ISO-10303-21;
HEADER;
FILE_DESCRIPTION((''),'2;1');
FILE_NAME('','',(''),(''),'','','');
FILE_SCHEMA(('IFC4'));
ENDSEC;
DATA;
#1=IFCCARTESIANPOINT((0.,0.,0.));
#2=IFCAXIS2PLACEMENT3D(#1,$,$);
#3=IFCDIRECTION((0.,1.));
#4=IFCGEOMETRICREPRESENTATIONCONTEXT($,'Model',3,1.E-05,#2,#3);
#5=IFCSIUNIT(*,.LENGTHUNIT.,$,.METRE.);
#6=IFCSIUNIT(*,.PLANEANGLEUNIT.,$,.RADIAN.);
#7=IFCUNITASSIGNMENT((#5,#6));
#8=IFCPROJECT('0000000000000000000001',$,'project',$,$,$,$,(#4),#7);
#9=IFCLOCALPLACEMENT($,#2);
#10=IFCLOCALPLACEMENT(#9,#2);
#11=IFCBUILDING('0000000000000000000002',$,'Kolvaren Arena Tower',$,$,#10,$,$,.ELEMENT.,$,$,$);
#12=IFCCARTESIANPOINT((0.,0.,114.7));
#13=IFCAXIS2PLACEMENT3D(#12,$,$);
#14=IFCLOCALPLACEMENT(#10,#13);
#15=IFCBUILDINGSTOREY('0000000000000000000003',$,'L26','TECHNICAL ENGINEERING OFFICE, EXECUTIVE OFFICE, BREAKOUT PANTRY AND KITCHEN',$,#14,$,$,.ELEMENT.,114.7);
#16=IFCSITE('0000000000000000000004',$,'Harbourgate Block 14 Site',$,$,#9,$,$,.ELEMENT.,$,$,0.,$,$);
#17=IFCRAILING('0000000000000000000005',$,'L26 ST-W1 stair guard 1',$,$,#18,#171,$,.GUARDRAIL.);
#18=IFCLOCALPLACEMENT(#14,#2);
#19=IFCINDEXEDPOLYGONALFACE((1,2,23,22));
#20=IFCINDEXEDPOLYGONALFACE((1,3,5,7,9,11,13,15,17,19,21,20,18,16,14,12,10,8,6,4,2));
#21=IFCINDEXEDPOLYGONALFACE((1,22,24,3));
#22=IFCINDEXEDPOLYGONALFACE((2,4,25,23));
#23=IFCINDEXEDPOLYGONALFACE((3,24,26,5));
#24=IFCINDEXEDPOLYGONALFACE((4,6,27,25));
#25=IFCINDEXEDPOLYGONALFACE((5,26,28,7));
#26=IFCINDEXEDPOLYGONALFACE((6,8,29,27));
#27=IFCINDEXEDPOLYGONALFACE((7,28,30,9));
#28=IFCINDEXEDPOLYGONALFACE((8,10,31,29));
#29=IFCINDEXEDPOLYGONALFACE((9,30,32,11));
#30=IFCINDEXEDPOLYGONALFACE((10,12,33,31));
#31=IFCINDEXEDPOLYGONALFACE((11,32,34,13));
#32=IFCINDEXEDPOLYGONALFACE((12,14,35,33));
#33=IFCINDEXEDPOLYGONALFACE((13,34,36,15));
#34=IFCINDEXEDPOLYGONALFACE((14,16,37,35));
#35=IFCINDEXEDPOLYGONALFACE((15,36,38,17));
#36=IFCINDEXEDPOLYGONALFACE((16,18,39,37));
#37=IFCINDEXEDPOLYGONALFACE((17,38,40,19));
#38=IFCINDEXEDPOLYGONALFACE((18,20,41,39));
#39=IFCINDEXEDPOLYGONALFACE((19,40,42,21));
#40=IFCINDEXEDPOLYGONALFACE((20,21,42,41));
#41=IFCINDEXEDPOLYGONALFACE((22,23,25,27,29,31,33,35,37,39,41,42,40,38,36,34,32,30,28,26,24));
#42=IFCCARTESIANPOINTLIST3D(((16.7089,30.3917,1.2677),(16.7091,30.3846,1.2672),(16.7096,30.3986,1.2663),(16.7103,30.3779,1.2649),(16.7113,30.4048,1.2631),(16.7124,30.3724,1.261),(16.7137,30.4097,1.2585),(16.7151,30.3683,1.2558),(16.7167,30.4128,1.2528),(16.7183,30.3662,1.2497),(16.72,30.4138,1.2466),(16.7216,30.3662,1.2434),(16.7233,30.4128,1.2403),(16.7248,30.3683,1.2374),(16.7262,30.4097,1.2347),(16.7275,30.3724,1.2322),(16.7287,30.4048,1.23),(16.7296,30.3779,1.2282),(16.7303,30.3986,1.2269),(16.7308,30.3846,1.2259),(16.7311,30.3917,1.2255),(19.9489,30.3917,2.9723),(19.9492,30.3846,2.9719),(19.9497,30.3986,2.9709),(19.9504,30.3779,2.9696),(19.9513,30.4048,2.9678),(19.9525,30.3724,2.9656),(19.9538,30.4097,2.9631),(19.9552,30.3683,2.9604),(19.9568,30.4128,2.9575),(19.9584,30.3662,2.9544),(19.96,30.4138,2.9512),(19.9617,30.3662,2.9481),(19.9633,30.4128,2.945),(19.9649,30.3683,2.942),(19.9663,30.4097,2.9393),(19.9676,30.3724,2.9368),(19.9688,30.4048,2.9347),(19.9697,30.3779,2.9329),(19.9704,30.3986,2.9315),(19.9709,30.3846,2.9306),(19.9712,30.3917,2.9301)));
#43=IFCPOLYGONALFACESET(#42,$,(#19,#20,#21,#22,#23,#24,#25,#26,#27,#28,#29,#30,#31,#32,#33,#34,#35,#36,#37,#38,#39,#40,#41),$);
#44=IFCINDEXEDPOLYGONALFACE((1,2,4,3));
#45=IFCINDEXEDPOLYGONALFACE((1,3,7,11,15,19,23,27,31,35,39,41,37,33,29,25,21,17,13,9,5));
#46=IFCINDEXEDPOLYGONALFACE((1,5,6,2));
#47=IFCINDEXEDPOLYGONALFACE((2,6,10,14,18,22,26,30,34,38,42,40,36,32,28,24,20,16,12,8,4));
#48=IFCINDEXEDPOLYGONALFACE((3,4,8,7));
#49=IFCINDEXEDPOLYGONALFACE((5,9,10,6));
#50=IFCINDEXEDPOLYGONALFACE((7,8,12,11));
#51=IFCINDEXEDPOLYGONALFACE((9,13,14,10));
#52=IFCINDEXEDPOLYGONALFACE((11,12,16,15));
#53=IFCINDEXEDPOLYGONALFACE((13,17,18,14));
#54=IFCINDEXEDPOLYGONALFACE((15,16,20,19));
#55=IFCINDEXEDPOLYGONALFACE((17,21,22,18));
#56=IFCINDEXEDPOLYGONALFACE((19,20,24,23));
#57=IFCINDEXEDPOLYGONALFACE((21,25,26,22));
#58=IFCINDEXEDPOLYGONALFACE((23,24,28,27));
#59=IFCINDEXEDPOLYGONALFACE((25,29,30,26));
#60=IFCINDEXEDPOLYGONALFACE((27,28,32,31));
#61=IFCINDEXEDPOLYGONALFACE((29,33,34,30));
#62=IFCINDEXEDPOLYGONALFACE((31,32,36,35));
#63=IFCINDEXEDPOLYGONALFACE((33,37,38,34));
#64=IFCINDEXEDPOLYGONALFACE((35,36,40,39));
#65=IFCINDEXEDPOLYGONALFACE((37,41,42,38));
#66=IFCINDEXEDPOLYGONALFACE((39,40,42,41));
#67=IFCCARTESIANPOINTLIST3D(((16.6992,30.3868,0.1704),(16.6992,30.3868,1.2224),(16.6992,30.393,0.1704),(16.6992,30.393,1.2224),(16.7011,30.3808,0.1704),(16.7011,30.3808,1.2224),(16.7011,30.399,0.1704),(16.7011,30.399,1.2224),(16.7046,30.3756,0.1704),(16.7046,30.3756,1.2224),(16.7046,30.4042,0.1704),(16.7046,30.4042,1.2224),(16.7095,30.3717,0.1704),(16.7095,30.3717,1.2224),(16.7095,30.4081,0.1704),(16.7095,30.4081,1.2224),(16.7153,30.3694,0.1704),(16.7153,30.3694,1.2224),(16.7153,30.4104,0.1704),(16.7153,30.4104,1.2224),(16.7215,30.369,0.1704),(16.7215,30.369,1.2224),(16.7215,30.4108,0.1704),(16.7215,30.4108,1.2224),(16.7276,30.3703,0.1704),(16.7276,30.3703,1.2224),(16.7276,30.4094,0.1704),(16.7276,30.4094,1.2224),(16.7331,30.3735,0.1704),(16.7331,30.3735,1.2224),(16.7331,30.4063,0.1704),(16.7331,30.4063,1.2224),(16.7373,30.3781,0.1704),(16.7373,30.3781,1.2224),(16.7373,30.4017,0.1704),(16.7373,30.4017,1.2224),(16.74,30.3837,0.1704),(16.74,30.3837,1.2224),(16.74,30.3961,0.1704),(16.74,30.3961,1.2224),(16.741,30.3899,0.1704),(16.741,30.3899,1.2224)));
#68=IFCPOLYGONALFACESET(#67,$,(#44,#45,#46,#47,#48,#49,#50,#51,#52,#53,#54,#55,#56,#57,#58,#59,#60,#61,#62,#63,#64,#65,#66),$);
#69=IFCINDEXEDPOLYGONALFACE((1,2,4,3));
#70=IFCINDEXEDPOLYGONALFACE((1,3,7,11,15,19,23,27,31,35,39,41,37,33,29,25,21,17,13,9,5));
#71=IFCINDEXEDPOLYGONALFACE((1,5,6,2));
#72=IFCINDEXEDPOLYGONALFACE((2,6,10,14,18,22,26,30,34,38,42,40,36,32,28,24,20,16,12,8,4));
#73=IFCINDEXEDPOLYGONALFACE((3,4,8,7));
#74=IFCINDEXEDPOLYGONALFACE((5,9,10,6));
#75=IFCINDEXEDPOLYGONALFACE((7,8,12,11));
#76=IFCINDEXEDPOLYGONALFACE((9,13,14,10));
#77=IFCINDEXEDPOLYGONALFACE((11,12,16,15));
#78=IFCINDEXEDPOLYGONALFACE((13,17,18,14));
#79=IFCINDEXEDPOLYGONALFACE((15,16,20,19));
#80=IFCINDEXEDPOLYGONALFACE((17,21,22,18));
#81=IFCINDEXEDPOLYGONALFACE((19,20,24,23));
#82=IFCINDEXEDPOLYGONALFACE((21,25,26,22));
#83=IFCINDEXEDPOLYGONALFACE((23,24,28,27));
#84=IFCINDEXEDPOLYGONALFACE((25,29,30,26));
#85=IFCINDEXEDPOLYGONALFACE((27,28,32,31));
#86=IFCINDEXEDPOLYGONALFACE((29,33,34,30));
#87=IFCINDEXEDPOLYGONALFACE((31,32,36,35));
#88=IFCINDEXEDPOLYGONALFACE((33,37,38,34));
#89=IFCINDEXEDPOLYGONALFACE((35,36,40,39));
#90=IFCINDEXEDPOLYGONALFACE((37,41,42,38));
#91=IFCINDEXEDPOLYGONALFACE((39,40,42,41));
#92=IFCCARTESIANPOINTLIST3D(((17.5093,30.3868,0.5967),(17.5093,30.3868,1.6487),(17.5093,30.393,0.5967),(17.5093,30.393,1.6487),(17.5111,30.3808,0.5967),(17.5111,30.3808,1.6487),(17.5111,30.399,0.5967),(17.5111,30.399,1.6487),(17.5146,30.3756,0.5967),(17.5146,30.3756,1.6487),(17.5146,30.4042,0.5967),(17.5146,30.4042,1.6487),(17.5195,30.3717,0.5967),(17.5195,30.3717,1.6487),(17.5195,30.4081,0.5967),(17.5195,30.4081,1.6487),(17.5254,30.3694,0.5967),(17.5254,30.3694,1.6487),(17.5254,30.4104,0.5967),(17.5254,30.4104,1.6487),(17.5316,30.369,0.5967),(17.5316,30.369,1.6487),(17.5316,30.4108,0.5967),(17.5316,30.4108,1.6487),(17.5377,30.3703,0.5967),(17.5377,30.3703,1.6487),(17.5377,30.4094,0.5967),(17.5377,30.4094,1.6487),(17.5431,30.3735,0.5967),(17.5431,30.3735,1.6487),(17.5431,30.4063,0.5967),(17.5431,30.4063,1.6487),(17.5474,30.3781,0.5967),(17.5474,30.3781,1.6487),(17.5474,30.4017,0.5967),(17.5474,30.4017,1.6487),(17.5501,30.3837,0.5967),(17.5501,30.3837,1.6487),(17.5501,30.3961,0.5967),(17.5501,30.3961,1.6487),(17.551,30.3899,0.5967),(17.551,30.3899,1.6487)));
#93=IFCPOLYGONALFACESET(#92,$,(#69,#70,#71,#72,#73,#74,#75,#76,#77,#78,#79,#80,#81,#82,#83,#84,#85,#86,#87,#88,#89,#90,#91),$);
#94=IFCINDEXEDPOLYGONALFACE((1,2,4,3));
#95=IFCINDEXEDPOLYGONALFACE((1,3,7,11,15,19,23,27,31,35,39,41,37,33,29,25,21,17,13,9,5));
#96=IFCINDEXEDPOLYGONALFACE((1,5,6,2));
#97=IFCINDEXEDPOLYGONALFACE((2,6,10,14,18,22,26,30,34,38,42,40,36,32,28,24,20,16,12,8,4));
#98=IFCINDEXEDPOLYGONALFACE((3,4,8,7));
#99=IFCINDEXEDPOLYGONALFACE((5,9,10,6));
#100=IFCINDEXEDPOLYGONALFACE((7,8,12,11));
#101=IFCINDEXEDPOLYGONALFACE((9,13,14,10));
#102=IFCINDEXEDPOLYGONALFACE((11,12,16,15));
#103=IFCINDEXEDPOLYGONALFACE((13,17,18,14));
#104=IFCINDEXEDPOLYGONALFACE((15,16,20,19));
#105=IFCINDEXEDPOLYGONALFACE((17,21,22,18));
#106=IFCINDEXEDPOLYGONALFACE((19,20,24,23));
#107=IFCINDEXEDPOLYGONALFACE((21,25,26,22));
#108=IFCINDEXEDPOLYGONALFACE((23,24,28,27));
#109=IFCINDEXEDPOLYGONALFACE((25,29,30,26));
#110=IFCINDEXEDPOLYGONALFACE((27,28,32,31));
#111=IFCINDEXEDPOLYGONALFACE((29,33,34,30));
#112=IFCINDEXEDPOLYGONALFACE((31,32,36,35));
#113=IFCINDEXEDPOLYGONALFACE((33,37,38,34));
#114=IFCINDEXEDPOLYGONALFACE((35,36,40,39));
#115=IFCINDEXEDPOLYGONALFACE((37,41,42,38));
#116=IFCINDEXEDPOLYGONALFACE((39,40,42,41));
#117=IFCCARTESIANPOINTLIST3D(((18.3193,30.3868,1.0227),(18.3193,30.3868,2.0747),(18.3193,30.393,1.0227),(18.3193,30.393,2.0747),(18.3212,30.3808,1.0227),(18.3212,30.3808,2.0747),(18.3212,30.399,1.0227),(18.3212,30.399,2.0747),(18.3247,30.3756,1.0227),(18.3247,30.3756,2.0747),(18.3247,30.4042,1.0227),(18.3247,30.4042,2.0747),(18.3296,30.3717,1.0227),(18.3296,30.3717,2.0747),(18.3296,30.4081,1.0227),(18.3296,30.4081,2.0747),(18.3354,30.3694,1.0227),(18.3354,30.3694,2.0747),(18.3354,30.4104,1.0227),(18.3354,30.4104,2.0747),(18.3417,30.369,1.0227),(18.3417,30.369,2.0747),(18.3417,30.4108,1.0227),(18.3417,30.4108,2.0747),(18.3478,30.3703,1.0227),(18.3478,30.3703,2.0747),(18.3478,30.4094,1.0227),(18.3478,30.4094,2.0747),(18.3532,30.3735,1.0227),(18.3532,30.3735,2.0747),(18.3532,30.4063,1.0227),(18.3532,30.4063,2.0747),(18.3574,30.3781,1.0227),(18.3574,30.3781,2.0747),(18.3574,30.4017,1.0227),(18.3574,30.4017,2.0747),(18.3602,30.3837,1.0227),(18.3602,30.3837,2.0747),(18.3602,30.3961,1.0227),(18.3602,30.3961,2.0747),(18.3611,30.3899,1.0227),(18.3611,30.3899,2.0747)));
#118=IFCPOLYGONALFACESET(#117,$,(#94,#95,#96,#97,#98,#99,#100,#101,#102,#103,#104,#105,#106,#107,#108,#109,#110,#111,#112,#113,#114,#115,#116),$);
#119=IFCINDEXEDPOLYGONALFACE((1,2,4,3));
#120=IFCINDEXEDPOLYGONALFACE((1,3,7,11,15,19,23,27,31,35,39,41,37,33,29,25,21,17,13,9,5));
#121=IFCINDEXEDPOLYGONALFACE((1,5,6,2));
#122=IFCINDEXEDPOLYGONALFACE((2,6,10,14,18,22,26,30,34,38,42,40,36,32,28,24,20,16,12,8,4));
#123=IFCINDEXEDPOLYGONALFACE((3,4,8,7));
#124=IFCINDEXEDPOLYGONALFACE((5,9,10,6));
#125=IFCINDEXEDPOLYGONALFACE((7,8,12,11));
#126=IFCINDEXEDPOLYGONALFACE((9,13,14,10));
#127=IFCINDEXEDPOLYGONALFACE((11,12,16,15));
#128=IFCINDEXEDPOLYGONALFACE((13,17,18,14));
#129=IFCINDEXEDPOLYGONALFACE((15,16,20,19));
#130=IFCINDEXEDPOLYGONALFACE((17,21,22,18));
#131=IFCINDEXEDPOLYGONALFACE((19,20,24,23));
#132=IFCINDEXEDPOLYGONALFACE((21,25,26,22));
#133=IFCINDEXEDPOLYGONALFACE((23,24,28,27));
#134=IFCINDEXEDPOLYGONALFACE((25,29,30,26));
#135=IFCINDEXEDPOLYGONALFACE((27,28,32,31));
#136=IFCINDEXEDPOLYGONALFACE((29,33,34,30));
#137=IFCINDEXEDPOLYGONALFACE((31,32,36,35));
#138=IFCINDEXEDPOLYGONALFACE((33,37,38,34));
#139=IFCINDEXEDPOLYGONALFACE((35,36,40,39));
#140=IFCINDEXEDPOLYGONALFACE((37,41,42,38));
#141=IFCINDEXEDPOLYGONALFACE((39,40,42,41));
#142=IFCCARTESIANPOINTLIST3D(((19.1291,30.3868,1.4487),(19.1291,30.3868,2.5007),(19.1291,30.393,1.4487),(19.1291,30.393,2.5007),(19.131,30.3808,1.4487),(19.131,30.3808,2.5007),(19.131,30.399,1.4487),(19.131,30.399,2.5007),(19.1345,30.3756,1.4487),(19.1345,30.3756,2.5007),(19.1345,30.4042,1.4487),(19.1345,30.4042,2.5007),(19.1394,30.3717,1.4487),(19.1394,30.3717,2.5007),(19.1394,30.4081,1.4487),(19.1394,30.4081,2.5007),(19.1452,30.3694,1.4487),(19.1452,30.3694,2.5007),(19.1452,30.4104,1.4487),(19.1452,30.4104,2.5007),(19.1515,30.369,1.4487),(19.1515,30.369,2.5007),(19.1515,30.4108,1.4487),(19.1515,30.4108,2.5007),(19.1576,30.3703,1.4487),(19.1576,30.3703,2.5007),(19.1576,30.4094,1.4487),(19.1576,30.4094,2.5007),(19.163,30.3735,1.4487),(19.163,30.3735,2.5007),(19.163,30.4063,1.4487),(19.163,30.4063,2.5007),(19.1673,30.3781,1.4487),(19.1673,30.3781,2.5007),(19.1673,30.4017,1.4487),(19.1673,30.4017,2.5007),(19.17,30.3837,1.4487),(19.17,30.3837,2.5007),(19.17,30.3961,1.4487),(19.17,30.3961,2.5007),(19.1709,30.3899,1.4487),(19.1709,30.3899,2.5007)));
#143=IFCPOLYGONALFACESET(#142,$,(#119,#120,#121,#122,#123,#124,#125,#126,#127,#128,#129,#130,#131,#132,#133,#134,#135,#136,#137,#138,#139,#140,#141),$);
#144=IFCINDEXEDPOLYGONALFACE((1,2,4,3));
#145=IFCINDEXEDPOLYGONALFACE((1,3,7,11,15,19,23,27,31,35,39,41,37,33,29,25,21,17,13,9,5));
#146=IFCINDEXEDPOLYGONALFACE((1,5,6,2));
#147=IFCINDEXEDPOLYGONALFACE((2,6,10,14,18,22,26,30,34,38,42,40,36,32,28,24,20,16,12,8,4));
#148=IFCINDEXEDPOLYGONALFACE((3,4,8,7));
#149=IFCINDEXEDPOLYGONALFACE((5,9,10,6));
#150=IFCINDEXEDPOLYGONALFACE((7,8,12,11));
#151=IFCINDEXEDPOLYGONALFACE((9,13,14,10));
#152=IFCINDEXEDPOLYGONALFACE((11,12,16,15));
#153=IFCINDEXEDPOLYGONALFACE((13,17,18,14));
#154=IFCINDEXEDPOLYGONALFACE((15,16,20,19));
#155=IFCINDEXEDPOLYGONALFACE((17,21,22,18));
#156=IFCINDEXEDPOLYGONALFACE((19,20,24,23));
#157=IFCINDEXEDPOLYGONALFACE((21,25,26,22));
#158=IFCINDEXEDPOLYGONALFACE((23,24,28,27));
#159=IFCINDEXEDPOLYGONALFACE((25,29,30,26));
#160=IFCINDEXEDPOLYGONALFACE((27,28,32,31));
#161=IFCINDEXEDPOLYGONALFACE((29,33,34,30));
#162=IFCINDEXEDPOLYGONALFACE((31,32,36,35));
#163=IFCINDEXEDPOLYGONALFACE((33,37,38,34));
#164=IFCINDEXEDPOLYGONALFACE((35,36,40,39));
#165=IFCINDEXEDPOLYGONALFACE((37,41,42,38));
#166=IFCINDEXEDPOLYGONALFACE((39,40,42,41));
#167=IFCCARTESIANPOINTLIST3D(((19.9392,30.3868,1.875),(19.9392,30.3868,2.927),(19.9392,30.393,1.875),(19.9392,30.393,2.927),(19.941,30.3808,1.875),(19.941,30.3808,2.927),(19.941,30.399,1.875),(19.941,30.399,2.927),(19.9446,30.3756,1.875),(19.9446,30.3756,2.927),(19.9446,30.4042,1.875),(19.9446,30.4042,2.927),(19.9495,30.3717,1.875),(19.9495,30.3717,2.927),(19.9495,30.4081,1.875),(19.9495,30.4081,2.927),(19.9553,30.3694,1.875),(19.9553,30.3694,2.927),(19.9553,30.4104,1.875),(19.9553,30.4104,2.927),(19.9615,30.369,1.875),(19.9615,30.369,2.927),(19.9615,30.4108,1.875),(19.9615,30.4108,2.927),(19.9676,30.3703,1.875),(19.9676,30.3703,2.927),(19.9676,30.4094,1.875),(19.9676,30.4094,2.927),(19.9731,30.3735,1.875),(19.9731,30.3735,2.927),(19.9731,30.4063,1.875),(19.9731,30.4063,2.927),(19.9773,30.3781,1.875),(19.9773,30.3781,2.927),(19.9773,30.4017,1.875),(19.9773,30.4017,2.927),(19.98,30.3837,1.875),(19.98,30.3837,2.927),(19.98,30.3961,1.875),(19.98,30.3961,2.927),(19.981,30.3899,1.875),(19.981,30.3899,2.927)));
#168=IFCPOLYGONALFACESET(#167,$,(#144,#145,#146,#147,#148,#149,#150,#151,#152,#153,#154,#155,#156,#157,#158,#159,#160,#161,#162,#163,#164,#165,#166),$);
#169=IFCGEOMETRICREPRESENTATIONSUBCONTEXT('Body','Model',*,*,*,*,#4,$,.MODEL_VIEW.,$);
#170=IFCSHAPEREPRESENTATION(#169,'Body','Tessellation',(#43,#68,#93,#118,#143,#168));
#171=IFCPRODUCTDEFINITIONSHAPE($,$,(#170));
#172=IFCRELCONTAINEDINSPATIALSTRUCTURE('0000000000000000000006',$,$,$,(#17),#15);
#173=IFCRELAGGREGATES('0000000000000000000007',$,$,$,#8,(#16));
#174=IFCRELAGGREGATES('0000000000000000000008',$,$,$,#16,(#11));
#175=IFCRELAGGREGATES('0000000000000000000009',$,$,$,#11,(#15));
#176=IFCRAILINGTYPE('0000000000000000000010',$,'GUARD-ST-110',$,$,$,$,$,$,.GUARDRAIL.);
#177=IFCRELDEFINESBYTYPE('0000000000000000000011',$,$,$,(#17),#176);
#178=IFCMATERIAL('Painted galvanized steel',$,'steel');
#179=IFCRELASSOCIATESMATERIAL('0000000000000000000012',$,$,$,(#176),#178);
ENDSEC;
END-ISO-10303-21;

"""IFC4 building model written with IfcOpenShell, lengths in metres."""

from ifc_helpers import new_model, si_unit, direction, frame, origin, origin_2d, place, context, subcontext, project, spatial, circle, extrude, material, type_object, element, save


model = new_model("IFC4")

# Units and contexts
model_context = context("Model", 3, precision=1e-05, world=origin(), true_north=direction((0.0, 1.0)))
body_context = subcontext(model_context, "Body", "Model", "MODEL_VIEW")
ifc_project = project(units=[si_unit("LENGTHUNIT", "METRE"), si_unit("PLANEANGLEUNIT", "RADIAN")], contexts=[model_context])

# Site, building, storey
site_placement = place(None, origin())
site = spatial("IfcSite", under=ifc_project, at=site_placement, Name="Harbourgate Block 14 Site", CompositionType="ELEMENT", RefElevation=0.0)
building_placement = place(site_placement, origin())
building = spatial("IfcBuilding", under=site, at=building_placement, Name="Kolvaren Arena Tower", CompositionType="ELEMENT")
storey_placement = place(building_placement, frame((0.0, 0.0, 114.7)))
storey = spatial("IfcBuildingStorey", under=building, at=storey_placement, Name="L26", Description="TECHNICAL ENGINEERING OFFICE, EXECUTIVE OFFICE, BREAKOUT PANTRY AND KITCHEN", CompositionType="ELEMENT", Elevation=114.7)

# Railing
ifc_material_1 = material(Name="Painted galvanized steel", Category="steel")
railing_type_1 = type_object("IfcRailingType", Name="GUARD-ST-110", PredefinedType="GUARDRAIL", material=ifc_material_1)
railing_1_placement = place(storey_placement, frame((16.72, 30.3899, 0.1704)))
element("IfcRailing", 1, at=railing_1_placement, inside=storey, type_object=railing_type_1, Name="L26 ST-W1 stair guard 1", PredefinedType="GUARDRAIL", context=body_context, shape_type="SweptSolid", body=[
    extrude(circle(Radius=0.0239, at=origin_2d()), frame((0.0, 0.0, 1.0762), z_axis=(0.884993, 0.0, 0.465604), x_axis=(0.0, 1.0, 0.0)), (0.0, 0.0, 1.0), 3.6611),
    extrude(circle(Radius=0.021, at=origin_2d()), origin(), (0.0, 0.0, 1.0), 1.052),
    extrude(circle(Radius=0.021, at=origin_2d()), frame((0.8101, 0.0, 0.4263)), (0.0, 0.0, 1.0), 1.052),
    extrude(circle(Radius=0.021, at=origin_2d()), frame((1.6201, 0.0, 0.8523)), (0.0, 0.0, 1.0), 1.052),
    extrude(circle(Radius=0.021, at=origin_2d()), frame((2.4299, 0.0, 1.2783)), (0.0, 0.0, 1.0), 1.052),
    extrude(circle(Radius=0.021, at=origin_2d()), frame((3.24, 0.0, 1.7046)), (0.0, 0.0, 1.0), 1.052),
])

save(model, "model.ifc")
